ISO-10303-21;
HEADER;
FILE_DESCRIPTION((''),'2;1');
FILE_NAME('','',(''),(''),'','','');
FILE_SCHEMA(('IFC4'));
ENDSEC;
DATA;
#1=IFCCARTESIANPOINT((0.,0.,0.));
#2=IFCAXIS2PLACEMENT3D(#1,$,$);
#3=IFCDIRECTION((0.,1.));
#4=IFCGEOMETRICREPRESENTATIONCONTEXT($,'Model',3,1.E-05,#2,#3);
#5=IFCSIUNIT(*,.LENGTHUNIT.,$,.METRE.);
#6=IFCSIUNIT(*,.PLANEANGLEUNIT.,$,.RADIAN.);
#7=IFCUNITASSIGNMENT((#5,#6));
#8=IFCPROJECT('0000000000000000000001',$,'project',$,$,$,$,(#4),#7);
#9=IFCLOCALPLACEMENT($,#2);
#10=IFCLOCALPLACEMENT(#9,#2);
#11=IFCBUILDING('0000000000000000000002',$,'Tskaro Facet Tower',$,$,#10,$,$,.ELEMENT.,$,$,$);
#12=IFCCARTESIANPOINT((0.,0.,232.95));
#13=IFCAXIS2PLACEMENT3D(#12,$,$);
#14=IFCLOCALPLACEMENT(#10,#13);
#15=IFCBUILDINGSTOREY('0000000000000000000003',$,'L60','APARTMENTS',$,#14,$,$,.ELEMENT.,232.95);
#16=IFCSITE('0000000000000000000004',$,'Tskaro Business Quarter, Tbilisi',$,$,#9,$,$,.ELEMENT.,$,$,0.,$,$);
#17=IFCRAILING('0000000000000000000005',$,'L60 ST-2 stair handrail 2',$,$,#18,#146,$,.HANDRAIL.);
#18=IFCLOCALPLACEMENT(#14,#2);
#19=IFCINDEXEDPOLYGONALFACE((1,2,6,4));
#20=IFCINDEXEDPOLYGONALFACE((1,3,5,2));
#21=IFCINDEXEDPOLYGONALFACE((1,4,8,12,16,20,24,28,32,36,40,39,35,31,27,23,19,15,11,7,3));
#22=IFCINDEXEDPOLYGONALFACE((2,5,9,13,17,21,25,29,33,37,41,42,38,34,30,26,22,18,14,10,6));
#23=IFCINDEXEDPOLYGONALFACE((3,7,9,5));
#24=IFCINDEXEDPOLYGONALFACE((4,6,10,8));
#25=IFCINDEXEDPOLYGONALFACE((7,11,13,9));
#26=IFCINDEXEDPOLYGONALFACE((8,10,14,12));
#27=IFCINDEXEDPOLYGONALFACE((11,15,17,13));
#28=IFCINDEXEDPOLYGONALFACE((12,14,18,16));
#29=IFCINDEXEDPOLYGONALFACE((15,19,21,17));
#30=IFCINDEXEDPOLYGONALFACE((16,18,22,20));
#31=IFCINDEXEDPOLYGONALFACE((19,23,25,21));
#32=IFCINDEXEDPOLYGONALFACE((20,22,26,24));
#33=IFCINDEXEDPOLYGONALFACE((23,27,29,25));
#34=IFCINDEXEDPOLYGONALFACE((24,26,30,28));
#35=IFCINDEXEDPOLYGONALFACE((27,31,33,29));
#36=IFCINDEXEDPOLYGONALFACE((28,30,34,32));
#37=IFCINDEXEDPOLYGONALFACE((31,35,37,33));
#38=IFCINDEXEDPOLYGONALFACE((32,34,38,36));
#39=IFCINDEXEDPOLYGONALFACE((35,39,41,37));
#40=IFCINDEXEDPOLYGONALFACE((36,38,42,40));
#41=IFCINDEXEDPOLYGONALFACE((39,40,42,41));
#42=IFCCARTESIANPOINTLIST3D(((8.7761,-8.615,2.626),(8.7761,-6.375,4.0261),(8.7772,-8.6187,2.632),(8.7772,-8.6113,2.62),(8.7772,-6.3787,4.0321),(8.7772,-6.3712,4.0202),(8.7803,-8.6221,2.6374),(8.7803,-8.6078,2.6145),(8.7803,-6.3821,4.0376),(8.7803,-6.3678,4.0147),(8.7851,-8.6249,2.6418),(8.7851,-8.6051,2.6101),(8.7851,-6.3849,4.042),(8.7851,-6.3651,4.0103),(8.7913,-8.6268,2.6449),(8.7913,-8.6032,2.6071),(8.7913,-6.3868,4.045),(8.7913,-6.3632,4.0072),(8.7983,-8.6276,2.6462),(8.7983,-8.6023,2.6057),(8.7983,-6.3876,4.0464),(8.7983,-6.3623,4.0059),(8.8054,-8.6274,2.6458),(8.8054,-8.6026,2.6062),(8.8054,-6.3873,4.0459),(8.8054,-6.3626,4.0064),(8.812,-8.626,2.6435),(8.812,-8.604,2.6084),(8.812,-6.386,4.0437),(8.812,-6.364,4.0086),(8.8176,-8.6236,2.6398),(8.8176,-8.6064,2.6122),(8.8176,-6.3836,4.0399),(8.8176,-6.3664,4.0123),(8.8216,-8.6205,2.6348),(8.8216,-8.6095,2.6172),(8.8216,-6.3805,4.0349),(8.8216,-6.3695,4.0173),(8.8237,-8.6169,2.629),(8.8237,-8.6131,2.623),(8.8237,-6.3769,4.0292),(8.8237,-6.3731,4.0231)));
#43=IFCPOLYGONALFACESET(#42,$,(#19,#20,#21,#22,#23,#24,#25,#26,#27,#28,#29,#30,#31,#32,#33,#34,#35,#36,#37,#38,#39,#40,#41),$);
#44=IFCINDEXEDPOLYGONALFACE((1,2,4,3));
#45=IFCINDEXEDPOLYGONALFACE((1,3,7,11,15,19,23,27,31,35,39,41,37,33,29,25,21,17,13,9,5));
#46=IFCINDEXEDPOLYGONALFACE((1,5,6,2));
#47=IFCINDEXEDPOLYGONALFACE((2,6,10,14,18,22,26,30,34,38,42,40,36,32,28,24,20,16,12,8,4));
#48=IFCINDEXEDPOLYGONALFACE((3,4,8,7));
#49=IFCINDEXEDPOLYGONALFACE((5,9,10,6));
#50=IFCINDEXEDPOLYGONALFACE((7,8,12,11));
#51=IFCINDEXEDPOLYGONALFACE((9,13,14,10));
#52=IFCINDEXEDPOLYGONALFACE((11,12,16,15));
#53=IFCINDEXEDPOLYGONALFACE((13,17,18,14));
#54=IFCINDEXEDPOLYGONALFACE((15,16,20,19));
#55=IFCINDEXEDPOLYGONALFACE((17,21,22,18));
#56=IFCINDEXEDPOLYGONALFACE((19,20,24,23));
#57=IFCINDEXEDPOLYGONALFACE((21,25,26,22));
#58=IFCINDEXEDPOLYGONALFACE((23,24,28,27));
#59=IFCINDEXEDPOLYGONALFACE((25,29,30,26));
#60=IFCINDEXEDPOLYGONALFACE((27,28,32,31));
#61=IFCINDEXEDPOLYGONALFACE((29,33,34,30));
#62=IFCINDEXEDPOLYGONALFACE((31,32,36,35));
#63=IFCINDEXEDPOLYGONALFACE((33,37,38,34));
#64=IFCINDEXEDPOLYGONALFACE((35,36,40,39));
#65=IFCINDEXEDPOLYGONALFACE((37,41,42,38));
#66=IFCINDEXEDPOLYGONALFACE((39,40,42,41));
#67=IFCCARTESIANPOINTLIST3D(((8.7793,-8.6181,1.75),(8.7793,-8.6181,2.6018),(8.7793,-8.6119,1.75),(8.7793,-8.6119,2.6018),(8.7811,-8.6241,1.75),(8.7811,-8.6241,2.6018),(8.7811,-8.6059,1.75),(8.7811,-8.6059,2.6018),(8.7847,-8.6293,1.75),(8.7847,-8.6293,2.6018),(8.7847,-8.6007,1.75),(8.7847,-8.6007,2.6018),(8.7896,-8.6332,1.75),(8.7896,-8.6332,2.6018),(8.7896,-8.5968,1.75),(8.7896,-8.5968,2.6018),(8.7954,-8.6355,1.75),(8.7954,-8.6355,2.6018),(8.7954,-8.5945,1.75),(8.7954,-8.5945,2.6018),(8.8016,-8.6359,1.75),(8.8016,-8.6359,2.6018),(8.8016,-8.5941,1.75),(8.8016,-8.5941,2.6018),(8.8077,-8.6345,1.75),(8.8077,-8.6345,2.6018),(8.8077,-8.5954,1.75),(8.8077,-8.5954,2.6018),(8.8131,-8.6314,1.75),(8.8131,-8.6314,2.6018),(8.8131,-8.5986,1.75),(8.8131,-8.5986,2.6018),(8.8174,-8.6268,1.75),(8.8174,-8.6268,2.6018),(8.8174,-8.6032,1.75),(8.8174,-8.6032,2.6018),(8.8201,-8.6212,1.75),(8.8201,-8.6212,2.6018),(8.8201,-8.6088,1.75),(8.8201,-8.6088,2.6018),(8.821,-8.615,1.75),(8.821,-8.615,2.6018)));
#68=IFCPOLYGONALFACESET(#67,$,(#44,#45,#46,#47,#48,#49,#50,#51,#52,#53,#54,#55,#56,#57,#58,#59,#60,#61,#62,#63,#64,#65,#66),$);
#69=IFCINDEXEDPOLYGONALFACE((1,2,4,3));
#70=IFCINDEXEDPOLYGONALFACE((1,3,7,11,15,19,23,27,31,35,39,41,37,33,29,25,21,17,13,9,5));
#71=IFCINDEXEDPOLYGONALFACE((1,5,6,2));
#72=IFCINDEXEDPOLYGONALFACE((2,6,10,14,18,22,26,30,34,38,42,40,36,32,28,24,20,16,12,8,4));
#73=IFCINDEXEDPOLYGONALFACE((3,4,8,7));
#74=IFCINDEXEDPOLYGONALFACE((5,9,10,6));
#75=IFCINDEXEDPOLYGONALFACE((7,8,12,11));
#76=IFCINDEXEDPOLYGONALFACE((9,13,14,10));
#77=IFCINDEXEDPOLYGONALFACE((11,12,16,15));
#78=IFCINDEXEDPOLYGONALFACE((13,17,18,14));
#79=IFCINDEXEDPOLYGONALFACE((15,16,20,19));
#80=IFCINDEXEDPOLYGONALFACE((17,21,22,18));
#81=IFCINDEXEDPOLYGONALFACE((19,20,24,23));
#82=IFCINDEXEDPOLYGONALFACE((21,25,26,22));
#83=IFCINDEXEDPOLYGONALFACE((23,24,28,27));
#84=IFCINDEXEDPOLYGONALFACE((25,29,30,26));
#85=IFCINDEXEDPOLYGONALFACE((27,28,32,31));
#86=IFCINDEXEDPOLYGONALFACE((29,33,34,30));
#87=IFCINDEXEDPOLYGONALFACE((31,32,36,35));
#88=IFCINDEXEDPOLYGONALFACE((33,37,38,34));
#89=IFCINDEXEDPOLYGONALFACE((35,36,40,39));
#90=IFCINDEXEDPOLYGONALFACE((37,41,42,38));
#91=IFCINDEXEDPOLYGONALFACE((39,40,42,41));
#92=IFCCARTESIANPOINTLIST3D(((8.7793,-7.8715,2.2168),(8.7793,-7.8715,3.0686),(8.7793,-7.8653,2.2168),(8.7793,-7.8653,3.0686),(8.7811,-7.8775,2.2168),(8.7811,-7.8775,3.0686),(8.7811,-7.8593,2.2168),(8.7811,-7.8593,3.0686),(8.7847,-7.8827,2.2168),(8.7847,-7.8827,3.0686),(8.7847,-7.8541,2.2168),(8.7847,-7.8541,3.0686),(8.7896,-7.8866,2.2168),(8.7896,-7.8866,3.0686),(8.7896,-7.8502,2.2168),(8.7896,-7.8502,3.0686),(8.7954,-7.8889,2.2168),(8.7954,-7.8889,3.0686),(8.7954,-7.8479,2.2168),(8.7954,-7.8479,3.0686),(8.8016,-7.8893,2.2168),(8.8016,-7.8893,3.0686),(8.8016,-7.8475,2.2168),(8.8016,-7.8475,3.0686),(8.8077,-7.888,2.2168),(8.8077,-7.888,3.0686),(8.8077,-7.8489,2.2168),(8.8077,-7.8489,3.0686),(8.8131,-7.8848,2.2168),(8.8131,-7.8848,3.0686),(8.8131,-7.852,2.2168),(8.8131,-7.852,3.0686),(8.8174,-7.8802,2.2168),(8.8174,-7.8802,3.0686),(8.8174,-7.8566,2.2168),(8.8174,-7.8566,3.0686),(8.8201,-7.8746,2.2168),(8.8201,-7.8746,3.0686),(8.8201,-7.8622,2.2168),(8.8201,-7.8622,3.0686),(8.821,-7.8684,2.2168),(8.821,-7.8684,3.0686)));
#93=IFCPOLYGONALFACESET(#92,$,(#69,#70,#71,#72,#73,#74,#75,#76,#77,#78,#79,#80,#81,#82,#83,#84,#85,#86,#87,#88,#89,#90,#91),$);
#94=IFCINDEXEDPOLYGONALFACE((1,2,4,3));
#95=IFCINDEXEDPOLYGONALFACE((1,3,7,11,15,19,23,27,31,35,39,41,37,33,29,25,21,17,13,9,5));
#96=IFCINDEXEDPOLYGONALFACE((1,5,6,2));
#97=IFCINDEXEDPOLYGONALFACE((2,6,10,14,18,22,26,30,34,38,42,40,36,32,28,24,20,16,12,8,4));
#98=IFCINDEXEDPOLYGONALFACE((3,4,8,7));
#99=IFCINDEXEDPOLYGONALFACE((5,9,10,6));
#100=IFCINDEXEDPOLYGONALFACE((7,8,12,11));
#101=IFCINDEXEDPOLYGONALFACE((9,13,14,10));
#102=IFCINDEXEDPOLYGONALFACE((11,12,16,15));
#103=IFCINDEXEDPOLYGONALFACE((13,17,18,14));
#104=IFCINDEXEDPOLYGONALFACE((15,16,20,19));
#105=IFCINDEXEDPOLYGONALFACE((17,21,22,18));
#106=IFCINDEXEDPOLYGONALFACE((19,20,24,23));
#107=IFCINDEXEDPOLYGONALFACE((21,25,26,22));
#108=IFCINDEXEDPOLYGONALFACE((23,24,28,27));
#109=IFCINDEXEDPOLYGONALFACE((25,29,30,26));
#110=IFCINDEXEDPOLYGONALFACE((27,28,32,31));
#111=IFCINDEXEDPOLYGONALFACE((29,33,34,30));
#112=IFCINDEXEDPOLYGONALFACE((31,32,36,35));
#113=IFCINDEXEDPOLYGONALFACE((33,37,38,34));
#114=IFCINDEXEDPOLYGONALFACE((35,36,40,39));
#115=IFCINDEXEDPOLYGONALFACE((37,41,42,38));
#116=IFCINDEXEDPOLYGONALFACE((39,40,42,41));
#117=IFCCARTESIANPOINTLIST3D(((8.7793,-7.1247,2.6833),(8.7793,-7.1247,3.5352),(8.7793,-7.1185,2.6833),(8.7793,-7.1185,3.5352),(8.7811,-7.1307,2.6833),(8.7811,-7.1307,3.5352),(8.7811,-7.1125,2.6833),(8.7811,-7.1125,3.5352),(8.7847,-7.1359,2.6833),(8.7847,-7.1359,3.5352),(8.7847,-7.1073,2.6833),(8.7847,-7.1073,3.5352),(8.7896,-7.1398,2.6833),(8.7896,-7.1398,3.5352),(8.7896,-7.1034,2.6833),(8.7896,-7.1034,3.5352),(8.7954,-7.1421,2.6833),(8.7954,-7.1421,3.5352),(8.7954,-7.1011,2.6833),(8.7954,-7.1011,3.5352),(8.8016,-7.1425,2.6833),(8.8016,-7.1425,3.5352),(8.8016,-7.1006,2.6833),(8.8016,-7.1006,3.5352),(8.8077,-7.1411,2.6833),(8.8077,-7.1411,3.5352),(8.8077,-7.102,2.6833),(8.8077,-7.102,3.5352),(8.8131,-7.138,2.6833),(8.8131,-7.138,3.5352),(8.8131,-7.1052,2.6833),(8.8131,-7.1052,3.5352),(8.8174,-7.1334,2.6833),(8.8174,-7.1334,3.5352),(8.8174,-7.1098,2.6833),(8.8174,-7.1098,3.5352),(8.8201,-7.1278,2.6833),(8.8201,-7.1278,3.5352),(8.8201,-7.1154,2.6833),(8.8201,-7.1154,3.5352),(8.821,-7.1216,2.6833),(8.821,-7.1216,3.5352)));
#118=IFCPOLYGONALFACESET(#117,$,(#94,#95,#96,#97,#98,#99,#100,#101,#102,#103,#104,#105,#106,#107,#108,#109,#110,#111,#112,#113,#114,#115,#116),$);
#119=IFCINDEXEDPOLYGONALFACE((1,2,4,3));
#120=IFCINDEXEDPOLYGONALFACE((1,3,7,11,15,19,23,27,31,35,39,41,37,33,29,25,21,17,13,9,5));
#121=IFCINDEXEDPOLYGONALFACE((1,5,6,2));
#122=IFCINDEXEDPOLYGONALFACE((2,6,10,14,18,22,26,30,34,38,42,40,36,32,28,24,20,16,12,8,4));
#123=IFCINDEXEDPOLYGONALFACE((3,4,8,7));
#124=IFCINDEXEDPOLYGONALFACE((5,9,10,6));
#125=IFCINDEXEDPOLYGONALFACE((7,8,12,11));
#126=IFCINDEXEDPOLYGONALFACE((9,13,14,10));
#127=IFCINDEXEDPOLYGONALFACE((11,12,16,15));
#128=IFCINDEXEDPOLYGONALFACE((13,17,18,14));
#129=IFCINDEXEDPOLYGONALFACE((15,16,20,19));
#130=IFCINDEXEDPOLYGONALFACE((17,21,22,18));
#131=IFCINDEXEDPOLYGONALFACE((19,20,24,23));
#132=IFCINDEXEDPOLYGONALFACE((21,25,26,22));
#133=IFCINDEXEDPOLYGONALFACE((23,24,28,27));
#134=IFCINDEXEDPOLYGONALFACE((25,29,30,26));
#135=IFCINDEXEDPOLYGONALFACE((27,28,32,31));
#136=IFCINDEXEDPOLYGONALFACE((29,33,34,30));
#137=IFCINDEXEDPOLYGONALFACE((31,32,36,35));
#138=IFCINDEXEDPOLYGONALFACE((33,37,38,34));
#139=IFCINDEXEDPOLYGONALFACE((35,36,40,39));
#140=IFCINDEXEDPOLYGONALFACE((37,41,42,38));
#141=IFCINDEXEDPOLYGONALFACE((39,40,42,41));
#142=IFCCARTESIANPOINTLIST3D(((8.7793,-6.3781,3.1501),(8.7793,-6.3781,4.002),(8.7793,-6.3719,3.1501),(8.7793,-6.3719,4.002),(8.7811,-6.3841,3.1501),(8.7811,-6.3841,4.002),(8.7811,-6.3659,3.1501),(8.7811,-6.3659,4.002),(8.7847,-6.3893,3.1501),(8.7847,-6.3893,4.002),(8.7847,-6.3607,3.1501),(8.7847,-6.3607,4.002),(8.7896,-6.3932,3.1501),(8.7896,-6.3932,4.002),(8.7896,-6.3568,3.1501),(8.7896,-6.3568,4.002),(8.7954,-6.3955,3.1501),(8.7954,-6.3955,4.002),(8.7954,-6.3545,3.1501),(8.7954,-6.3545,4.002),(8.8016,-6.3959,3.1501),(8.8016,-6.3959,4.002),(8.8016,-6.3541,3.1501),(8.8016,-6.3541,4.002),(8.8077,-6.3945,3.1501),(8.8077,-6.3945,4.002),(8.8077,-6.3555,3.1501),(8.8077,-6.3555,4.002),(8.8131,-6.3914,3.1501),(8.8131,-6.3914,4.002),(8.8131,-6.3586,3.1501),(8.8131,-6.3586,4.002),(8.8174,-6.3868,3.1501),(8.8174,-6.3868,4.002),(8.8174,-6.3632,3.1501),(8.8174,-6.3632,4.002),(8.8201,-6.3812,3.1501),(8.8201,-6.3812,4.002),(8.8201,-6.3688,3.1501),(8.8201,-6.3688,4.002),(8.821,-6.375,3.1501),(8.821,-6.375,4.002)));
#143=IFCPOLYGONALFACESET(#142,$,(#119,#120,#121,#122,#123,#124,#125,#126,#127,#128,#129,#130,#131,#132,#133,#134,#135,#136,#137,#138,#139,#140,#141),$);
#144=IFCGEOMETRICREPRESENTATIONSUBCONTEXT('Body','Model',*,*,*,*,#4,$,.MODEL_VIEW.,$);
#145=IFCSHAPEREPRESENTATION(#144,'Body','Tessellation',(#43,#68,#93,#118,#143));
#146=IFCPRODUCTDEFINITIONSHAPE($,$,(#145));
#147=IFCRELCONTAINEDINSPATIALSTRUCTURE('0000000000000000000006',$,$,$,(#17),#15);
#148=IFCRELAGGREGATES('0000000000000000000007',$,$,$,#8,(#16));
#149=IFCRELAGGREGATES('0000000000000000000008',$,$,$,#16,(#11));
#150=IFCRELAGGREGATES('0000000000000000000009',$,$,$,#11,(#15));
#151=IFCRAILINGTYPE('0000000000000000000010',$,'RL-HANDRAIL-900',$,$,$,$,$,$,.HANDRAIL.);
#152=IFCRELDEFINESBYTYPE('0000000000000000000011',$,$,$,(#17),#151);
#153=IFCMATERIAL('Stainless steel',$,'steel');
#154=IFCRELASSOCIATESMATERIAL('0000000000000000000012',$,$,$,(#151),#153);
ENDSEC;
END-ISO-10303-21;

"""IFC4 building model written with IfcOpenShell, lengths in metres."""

from ifc_helpers import new_model, si_unit, direction, frame, origin, origin_2d, place, context, subcontext, project, spatial, circle, extrude, material, type_object, element, save


model = new_model("IFC4")

# Units and contexts
model_context = context("Model", 3, precision=1e-05, world=origin(), true_north=direction((0.0, 1.0)))
body_context = subcontext(model_context, "Body", "Model", "MODEL_VIEW")
ifc_project = project(units=[si_unit("LENGTHUNIT", "METRE"), si_unit("PLANEANGLEUNIT", "RADIAN")], contexts=[model_context])

# Site, building, storey
site_placement = place(None, origin())
site = spatial("IfcSite", under=ifc_project, at=site_placement, Name="Tskaro Business Quarter, Tbilisi", CompositionType="ELEMENT", RefElevation=0.0)
building_placement = place(site_placement, origin())
building = spatial("IfcBuilding", under=site, at=building_placement, Name="Tskaro Facet Tower", CompositionType="ELEMENT")
storey_placement = place(building_placement, frame((0.0, 0.0, 232.95)))
storey = spatial("IfcBuildingStorey", under=building, at=storey_placement, Name="L60", Description="APARTMENTS", CompositionType="ELEMENT", Elevation=232.95)

# Railing
ifc_material_1 = material(Name="Stainless steel", Category="steel")
railing_type_1 = type_object("IfcRailingType", Name="RL-HANDRAIL-900", PredefinedType="HANDRAIL", material=ifc_material_1)
railing_1_placement = place(storey_placement, frame((8.8, -8.615, 1.75)))
element("IfcRailing", 1, at=railing_1_placement, inside=storey, type_object=railing_type_1, Name="L60 ST-2 stair handrail 2", PredefinedType="HANDRAIL", context=body_context, shape_type="SweptSolid", body=[
    extrude(circle(Radius=0.0239, at=origin_2d()), frame((0.0, 0.0, 0.876), z_axis=(0.0, 0.847972, 0.53004), x_axis=(-1.0, 0.0, 0.0)), (0.0, 0.0, 1.0), 2.6416),
    extrude(circle(Radius=0.021, at=origin_2d()), origin(), (0.0, 0.0, 1.0), 0.8518),
    extrude(circle(Radius=0.021, at=origin_2d()), frame((0.0, 0.7466, 0.4668)), (0.0, 0.0, 1.0), 0.8518),
    extrude(circle(Radius=0.021, at=origin_2d()), frame((0.0, 1.4934, 0.9333)), (0.0, 0.0, 1.0), 0.8518),
    extrude(circle(Radius=0.021, at=origin_2d()), frame((0.0, 2.24, 1.4001)), (0.0, 0.0, 1.0), 0.8518),
])

save(model, "model.ifc")
